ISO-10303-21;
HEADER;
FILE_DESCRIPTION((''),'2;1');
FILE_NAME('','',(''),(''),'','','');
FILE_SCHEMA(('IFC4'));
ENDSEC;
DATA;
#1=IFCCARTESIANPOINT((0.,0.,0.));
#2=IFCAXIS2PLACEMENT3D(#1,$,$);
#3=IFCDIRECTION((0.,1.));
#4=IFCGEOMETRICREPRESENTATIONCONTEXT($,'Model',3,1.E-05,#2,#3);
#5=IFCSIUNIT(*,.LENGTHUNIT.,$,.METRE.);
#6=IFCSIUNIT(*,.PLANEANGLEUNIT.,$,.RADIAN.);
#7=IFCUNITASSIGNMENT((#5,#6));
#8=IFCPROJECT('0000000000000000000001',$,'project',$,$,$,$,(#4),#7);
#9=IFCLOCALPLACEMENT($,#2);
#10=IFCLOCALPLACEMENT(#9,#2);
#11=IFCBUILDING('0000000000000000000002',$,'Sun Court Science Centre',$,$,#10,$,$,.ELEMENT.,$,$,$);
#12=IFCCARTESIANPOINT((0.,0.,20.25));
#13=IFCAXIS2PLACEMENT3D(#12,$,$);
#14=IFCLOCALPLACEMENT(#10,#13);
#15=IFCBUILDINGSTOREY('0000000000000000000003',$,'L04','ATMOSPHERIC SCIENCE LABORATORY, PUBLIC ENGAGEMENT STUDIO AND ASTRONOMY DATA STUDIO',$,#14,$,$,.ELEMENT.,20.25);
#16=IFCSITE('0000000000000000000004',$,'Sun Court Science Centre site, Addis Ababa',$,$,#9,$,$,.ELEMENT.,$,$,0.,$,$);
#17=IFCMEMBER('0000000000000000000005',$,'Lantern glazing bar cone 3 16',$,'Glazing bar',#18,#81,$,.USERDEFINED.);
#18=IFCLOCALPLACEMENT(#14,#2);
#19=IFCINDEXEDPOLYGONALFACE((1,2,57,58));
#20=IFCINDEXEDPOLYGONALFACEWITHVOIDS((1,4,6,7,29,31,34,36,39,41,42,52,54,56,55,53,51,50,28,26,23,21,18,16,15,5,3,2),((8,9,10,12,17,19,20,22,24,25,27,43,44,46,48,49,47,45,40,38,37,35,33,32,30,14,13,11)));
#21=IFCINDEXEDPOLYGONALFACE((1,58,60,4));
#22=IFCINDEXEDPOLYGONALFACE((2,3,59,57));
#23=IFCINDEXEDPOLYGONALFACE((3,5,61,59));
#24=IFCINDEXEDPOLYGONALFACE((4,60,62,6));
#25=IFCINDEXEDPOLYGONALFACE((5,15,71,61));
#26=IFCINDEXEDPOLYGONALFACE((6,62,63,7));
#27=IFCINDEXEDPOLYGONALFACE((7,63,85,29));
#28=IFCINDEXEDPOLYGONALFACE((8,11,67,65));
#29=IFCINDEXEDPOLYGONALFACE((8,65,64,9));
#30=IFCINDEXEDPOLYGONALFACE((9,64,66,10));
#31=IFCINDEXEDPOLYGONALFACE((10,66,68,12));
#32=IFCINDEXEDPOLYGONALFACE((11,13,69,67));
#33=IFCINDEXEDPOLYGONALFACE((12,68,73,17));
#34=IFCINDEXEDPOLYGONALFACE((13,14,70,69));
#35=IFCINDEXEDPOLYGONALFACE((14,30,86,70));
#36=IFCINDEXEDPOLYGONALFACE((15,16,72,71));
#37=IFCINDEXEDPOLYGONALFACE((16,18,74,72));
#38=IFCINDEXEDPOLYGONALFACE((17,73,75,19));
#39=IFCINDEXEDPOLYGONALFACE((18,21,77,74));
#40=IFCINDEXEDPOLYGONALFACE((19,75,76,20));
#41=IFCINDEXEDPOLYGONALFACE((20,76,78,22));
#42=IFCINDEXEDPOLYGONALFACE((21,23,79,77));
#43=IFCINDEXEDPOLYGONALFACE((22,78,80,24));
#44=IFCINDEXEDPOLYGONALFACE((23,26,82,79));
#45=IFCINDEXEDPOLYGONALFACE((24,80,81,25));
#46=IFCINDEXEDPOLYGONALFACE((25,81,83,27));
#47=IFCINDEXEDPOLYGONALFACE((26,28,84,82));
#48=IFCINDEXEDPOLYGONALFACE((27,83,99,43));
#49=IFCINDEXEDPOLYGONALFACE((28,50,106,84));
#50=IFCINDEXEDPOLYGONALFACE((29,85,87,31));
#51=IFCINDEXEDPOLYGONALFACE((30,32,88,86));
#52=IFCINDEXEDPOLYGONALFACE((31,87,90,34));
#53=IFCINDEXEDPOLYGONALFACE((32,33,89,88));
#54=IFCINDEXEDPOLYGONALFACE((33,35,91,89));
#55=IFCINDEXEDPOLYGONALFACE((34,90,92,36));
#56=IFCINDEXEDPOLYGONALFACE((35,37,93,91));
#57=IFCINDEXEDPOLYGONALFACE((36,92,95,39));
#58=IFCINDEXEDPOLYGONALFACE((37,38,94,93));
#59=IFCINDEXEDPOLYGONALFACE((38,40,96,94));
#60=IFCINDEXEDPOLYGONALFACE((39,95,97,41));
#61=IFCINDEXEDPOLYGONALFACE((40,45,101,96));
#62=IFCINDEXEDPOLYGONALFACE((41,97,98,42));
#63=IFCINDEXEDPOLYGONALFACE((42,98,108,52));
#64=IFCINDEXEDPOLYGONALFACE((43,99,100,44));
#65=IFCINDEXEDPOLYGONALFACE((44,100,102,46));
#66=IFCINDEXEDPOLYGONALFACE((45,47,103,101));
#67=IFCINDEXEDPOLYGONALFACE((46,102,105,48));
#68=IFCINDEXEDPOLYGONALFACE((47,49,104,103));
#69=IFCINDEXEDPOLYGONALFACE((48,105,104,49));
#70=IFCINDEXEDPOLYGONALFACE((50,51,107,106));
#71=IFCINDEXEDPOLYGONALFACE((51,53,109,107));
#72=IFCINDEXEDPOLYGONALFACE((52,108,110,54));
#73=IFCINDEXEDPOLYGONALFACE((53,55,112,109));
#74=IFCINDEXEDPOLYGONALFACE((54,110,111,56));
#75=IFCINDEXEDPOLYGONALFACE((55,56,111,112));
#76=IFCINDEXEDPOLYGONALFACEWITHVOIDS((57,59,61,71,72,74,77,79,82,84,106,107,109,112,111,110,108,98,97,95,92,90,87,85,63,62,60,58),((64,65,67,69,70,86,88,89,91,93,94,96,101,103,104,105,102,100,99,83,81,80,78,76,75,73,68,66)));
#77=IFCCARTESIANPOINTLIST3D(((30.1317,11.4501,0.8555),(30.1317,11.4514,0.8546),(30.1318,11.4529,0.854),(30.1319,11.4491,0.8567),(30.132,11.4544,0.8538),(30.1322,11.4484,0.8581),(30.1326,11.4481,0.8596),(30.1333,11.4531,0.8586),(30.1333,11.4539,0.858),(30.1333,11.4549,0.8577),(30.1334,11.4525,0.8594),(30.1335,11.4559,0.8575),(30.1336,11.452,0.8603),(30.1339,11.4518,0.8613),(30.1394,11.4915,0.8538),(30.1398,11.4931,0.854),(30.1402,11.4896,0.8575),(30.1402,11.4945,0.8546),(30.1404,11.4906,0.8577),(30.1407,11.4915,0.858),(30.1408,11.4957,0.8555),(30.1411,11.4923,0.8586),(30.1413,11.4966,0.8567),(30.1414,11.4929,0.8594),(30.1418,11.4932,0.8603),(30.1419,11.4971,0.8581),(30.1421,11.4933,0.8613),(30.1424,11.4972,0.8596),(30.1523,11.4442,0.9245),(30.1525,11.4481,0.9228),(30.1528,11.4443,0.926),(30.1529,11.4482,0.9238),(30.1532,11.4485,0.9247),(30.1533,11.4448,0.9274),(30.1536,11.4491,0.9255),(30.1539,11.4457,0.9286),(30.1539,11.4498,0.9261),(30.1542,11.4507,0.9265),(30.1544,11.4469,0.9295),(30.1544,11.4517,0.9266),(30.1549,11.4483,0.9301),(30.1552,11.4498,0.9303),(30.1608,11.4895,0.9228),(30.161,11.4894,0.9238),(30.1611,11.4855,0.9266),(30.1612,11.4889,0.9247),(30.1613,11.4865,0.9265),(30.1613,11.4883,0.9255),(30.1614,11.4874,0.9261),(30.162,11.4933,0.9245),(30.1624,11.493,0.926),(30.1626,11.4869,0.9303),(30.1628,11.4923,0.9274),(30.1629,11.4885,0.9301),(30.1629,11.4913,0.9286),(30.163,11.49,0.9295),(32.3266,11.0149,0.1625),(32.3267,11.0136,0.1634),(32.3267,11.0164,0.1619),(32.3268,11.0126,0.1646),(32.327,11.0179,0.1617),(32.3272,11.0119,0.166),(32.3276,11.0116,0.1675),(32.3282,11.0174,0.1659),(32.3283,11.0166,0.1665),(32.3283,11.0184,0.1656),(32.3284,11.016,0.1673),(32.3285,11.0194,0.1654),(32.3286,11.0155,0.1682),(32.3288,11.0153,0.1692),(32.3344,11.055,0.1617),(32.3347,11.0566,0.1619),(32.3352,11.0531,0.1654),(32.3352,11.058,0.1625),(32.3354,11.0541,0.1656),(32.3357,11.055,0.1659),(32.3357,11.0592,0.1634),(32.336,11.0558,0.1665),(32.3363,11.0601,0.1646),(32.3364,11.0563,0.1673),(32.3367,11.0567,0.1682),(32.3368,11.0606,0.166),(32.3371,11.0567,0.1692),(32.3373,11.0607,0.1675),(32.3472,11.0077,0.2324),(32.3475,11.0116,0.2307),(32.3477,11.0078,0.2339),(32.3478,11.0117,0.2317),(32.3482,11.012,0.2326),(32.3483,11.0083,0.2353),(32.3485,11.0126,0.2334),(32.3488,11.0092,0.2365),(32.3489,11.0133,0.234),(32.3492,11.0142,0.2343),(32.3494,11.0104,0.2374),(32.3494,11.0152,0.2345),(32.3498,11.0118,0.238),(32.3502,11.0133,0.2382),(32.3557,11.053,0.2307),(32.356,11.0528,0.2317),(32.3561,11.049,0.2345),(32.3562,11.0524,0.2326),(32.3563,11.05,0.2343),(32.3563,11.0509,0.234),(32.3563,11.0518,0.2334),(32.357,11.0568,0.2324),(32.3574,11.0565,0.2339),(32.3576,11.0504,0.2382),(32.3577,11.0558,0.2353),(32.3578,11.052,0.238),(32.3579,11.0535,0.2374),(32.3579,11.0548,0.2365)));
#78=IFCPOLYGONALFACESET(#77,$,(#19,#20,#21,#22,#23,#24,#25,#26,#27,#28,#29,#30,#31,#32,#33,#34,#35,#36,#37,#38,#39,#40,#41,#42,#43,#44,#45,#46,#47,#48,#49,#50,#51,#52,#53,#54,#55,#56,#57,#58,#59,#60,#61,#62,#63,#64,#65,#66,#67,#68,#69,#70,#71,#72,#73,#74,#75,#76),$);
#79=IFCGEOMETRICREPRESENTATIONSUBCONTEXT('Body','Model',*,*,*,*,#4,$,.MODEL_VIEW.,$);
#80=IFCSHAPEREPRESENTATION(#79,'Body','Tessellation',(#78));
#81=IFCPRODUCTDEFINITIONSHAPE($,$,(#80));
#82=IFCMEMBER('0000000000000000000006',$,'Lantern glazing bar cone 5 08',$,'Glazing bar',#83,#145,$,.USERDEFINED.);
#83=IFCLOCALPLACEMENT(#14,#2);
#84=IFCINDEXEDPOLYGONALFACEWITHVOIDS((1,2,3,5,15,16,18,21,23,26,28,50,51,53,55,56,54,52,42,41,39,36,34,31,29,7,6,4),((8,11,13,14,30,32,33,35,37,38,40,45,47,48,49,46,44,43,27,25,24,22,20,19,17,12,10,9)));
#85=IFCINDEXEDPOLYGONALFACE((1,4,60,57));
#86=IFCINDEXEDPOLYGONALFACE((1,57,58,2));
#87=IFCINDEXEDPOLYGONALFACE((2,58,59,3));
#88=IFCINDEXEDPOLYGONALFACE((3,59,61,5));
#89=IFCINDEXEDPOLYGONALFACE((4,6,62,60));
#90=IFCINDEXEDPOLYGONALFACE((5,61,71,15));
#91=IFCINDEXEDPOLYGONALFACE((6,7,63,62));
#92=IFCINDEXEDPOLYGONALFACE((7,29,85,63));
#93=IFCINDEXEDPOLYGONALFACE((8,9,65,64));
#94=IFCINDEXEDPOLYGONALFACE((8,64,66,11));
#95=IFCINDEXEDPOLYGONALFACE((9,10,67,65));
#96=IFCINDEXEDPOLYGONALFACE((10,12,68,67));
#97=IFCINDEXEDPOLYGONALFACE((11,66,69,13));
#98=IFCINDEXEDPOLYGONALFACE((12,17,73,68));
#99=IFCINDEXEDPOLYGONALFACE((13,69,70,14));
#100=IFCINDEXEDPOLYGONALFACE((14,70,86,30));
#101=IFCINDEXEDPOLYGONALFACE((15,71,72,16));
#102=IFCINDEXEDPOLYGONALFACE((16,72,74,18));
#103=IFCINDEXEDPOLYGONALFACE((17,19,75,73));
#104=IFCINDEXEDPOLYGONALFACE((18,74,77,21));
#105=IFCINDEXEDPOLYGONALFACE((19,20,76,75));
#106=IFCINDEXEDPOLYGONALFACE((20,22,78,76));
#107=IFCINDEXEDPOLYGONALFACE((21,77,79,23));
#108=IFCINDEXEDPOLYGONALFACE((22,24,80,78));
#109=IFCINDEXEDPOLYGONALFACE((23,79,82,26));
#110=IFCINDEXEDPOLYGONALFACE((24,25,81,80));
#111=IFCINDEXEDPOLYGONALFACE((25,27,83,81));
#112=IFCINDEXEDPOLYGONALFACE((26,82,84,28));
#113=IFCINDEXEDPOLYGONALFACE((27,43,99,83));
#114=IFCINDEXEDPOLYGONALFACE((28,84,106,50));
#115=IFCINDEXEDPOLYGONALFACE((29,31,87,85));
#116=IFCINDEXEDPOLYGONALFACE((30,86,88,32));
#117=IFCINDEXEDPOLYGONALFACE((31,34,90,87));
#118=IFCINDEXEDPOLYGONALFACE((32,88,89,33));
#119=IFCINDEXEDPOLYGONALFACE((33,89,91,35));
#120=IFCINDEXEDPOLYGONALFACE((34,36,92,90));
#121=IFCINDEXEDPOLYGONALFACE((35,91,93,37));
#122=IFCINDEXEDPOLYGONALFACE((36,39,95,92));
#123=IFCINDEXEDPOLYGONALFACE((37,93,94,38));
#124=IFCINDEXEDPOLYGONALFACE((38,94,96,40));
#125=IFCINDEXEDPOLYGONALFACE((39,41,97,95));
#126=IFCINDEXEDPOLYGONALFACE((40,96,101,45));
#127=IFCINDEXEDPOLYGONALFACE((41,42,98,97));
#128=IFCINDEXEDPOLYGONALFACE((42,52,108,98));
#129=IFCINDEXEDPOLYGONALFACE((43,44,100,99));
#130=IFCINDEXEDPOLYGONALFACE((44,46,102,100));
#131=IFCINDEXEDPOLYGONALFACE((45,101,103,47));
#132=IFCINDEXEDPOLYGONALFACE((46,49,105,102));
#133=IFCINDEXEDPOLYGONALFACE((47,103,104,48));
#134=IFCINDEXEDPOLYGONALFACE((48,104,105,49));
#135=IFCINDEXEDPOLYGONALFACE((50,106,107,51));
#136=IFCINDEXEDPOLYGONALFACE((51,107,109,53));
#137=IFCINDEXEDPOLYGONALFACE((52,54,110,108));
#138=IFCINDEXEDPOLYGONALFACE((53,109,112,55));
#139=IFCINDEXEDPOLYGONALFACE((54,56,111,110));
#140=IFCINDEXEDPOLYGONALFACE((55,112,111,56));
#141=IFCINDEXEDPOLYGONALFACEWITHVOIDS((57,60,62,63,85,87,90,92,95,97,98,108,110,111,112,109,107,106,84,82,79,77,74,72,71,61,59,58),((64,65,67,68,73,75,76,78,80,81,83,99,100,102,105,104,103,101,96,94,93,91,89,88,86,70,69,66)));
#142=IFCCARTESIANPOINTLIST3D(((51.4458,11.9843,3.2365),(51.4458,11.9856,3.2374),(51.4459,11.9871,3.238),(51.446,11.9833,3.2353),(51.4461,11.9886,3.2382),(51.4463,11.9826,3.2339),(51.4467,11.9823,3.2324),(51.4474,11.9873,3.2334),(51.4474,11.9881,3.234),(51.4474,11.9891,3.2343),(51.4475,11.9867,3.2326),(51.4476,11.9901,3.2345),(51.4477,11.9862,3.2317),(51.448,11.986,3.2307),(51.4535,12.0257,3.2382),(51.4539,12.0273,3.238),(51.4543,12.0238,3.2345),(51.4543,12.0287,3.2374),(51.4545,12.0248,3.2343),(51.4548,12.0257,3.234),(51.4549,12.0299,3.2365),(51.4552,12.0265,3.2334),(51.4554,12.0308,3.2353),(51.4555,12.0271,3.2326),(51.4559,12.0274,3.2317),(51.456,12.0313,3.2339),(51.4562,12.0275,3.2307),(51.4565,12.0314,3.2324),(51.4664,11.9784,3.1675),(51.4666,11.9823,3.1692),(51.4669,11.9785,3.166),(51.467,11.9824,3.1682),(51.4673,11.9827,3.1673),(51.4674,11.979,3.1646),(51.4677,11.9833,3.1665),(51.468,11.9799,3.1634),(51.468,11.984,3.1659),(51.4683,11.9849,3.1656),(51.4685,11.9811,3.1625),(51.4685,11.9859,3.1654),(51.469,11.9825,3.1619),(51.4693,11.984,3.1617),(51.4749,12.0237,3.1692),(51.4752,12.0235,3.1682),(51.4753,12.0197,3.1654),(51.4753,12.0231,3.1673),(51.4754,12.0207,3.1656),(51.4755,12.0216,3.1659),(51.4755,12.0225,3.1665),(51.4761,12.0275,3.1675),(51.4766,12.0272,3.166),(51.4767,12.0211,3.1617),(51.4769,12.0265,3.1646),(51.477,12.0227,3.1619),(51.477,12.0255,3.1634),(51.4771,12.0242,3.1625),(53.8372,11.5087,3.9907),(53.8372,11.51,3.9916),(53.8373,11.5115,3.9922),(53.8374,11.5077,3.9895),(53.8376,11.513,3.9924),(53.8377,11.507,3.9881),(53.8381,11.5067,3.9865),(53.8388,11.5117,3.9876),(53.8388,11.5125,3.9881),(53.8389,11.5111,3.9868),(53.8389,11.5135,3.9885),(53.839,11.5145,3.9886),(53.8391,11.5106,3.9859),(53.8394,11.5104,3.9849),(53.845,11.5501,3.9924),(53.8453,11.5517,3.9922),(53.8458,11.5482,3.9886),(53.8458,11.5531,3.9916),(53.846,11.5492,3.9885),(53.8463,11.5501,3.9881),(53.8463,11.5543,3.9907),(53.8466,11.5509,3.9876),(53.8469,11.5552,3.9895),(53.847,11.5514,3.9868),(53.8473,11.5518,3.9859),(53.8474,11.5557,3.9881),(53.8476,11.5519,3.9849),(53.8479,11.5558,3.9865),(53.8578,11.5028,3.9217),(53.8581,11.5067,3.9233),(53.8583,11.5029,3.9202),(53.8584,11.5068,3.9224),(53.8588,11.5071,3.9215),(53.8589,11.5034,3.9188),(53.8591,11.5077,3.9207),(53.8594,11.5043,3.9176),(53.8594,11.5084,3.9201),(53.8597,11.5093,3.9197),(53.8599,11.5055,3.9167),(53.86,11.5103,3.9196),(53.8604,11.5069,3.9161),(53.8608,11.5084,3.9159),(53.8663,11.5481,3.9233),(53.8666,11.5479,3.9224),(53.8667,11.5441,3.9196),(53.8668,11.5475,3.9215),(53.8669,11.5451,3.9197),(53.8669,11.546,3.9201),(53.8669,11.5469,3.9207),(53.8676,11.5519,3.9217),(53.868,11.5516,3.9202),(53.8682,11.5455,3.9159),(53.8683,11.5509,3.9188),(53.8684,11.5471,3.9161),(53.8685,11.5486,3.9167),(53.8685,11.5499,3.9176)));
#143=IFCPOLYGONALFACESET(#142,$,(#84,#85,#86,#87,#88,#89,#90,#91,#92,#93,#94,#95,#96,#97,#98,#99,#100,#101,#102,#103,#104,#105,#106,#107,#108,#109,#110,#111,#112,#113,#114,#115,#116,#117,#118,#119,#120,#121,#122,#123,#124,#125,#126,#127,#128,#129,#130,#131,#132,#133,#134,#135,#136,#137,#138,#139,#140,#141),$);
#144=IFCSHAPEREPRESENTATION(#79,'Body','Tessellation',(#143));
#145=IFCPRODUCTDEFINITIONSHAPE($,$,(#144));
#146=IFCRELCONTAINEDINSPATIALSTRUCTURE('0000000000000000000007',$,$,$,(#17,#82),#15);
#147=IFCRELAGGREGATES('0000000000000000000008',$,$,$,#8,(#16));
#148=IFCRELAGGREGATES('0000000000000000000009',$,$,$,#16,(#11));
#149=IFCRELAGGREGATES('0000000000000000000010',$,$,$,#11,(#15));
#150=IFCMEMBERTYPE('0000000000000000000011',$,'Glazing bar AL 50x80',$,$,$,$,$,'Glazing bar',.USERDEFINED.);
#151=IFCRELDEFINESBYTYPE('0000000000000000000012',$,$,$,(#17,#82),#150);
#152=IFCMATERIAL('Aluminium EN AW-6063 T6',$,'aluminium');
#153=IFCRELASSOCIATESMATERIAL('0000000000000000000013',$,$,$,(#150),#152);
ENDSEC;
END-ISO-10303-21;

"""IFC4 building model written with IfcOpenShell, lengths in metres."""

from ifc_helpers import new_model, si_unit, direction, frame, origin, origin_2d, place, context, subcontext, project, spatial, hollow_rectangle, extrude, material, material_profile, profile_set, type_object, element, save


model = new_model("IFC4")

# Units and contexts
model_context = context("Model", 3, precision=1e-05, world=origin(), true_north=direction((0.0, 1.0)))
body_context = subcontext(model_context, "Body", "Model", "MODEL_VIEW")
ifc_project = project(units=[si_unit("LENGTHUNIT", "METRE"), si_unit("PLANEANGLEUNIT", "RADIAN")], contexts=[model_context])

# Site, building, storey
site_placement = place(None, origin())
site = spatial("IfcSite", under=ifc_project, at=site_placement, Name="Sun Court Science Centre site, Addis Ababa", CompositionType="ELEMENT", RefElevation=0.0)
building_placement = place(site_placement, origin())
building = spatial("IfcBuilding", under=site, at=building_placement, Name="Sun Court Science Centre", CompositionType="ELEMENT")
storey_placement = place(building_placement, frame((0.0, 0.0, 20.25)))
storey = spatial("IfcBuildingStorey", under=building, at=storey_placement, Name="L04", Description="ATMOSPHERIC SCIENCE LABORATORY, PUBLIC ENGAGEMENT STUDIO AND ASTRONOMY DATA STUDIO", CompositionType="ELEMENT", Elevation=20.25)

# Members
ifc_material_1 = material(Name="Aluminium EN AW-6063 T6", Category="aluminium")
ifc_material_profile_1 = material_profile(ifc_material_1, hollow_rectangle(XDim=0.05, YDim=0.0801, WallThickness=0.0039, InnerFilletRadius=0.0039, OuterFilletRadius=0.0061, at=origin_2d()), Name="AL 50x80x4")
ifc_profile_set_1 = profile_set([ifc_material_profile_1], Name="Aluminium EN AW-6063 T6")
member_type_1 = type_object("IfcMemberType", Name="Glazing bar AL 50x80", ElementType="Glazing bar", PredefinedType="USERDEFINED", material=ifc_profile_set_1)
for number, where, z_axis, x_axis, name in (
    (1, (32.3423, 11.0342, 0.2), (-0.937009, 0.186339, 0.295453), (-0.195046, -0.980794, 0.0), "Lantern glazing bar cone 3 16"),
):
    element("IfcMember", number, at=place(storey_placement, frame(where, z_axis=z_axis, x_axis=x_axis)), inside=storey, type_object=member_type_1, Name=name, ObjectType="Glazing bar", PredefinedType="USERDEFINED", context=body_context, shape_type="SweptSolid", body=[
        extrude(hollow_rectangle(XDim=0.05, YDim=0.0801, WallThickness=0.0039, InnerFilletRadius=0.0039, OuterFilletRadius=0.0061, at=origin_2d()), origin(), (0.0, 0.0, 1.0), 2.3425),
    ])
for number, where, z_axis, x_axis, name in (
    (2, (51.4614, 12.0049, 3.2), (0.936994, -0.186347, 0.295495), (0.195057, 0.980792, 0.0), "Lantern glazing bar cone 5 08"),
):
    element("IfcMember", number, at=place(storey_placement, frame(where, z_axis=z_axis, x_axis=x_axis)), inside=storey, type_object=member_type_1, Name=name, ObjectType="Glazing bar", PredefinedType="USERDEFINED", context=body_context, shape_type="SweptSolid", body=[
        extrude(hollow_rectangle(XDim=0.05, YDim=0.0801, WallThickness=0.0039, InnerFilletRadius=0.0039, OuterFilletRadius=0.0061, at=origin_2d()), origin(), (0.0, 0.0, 1.0), 2.5522),
    ])

save(model, "model.ifc")
